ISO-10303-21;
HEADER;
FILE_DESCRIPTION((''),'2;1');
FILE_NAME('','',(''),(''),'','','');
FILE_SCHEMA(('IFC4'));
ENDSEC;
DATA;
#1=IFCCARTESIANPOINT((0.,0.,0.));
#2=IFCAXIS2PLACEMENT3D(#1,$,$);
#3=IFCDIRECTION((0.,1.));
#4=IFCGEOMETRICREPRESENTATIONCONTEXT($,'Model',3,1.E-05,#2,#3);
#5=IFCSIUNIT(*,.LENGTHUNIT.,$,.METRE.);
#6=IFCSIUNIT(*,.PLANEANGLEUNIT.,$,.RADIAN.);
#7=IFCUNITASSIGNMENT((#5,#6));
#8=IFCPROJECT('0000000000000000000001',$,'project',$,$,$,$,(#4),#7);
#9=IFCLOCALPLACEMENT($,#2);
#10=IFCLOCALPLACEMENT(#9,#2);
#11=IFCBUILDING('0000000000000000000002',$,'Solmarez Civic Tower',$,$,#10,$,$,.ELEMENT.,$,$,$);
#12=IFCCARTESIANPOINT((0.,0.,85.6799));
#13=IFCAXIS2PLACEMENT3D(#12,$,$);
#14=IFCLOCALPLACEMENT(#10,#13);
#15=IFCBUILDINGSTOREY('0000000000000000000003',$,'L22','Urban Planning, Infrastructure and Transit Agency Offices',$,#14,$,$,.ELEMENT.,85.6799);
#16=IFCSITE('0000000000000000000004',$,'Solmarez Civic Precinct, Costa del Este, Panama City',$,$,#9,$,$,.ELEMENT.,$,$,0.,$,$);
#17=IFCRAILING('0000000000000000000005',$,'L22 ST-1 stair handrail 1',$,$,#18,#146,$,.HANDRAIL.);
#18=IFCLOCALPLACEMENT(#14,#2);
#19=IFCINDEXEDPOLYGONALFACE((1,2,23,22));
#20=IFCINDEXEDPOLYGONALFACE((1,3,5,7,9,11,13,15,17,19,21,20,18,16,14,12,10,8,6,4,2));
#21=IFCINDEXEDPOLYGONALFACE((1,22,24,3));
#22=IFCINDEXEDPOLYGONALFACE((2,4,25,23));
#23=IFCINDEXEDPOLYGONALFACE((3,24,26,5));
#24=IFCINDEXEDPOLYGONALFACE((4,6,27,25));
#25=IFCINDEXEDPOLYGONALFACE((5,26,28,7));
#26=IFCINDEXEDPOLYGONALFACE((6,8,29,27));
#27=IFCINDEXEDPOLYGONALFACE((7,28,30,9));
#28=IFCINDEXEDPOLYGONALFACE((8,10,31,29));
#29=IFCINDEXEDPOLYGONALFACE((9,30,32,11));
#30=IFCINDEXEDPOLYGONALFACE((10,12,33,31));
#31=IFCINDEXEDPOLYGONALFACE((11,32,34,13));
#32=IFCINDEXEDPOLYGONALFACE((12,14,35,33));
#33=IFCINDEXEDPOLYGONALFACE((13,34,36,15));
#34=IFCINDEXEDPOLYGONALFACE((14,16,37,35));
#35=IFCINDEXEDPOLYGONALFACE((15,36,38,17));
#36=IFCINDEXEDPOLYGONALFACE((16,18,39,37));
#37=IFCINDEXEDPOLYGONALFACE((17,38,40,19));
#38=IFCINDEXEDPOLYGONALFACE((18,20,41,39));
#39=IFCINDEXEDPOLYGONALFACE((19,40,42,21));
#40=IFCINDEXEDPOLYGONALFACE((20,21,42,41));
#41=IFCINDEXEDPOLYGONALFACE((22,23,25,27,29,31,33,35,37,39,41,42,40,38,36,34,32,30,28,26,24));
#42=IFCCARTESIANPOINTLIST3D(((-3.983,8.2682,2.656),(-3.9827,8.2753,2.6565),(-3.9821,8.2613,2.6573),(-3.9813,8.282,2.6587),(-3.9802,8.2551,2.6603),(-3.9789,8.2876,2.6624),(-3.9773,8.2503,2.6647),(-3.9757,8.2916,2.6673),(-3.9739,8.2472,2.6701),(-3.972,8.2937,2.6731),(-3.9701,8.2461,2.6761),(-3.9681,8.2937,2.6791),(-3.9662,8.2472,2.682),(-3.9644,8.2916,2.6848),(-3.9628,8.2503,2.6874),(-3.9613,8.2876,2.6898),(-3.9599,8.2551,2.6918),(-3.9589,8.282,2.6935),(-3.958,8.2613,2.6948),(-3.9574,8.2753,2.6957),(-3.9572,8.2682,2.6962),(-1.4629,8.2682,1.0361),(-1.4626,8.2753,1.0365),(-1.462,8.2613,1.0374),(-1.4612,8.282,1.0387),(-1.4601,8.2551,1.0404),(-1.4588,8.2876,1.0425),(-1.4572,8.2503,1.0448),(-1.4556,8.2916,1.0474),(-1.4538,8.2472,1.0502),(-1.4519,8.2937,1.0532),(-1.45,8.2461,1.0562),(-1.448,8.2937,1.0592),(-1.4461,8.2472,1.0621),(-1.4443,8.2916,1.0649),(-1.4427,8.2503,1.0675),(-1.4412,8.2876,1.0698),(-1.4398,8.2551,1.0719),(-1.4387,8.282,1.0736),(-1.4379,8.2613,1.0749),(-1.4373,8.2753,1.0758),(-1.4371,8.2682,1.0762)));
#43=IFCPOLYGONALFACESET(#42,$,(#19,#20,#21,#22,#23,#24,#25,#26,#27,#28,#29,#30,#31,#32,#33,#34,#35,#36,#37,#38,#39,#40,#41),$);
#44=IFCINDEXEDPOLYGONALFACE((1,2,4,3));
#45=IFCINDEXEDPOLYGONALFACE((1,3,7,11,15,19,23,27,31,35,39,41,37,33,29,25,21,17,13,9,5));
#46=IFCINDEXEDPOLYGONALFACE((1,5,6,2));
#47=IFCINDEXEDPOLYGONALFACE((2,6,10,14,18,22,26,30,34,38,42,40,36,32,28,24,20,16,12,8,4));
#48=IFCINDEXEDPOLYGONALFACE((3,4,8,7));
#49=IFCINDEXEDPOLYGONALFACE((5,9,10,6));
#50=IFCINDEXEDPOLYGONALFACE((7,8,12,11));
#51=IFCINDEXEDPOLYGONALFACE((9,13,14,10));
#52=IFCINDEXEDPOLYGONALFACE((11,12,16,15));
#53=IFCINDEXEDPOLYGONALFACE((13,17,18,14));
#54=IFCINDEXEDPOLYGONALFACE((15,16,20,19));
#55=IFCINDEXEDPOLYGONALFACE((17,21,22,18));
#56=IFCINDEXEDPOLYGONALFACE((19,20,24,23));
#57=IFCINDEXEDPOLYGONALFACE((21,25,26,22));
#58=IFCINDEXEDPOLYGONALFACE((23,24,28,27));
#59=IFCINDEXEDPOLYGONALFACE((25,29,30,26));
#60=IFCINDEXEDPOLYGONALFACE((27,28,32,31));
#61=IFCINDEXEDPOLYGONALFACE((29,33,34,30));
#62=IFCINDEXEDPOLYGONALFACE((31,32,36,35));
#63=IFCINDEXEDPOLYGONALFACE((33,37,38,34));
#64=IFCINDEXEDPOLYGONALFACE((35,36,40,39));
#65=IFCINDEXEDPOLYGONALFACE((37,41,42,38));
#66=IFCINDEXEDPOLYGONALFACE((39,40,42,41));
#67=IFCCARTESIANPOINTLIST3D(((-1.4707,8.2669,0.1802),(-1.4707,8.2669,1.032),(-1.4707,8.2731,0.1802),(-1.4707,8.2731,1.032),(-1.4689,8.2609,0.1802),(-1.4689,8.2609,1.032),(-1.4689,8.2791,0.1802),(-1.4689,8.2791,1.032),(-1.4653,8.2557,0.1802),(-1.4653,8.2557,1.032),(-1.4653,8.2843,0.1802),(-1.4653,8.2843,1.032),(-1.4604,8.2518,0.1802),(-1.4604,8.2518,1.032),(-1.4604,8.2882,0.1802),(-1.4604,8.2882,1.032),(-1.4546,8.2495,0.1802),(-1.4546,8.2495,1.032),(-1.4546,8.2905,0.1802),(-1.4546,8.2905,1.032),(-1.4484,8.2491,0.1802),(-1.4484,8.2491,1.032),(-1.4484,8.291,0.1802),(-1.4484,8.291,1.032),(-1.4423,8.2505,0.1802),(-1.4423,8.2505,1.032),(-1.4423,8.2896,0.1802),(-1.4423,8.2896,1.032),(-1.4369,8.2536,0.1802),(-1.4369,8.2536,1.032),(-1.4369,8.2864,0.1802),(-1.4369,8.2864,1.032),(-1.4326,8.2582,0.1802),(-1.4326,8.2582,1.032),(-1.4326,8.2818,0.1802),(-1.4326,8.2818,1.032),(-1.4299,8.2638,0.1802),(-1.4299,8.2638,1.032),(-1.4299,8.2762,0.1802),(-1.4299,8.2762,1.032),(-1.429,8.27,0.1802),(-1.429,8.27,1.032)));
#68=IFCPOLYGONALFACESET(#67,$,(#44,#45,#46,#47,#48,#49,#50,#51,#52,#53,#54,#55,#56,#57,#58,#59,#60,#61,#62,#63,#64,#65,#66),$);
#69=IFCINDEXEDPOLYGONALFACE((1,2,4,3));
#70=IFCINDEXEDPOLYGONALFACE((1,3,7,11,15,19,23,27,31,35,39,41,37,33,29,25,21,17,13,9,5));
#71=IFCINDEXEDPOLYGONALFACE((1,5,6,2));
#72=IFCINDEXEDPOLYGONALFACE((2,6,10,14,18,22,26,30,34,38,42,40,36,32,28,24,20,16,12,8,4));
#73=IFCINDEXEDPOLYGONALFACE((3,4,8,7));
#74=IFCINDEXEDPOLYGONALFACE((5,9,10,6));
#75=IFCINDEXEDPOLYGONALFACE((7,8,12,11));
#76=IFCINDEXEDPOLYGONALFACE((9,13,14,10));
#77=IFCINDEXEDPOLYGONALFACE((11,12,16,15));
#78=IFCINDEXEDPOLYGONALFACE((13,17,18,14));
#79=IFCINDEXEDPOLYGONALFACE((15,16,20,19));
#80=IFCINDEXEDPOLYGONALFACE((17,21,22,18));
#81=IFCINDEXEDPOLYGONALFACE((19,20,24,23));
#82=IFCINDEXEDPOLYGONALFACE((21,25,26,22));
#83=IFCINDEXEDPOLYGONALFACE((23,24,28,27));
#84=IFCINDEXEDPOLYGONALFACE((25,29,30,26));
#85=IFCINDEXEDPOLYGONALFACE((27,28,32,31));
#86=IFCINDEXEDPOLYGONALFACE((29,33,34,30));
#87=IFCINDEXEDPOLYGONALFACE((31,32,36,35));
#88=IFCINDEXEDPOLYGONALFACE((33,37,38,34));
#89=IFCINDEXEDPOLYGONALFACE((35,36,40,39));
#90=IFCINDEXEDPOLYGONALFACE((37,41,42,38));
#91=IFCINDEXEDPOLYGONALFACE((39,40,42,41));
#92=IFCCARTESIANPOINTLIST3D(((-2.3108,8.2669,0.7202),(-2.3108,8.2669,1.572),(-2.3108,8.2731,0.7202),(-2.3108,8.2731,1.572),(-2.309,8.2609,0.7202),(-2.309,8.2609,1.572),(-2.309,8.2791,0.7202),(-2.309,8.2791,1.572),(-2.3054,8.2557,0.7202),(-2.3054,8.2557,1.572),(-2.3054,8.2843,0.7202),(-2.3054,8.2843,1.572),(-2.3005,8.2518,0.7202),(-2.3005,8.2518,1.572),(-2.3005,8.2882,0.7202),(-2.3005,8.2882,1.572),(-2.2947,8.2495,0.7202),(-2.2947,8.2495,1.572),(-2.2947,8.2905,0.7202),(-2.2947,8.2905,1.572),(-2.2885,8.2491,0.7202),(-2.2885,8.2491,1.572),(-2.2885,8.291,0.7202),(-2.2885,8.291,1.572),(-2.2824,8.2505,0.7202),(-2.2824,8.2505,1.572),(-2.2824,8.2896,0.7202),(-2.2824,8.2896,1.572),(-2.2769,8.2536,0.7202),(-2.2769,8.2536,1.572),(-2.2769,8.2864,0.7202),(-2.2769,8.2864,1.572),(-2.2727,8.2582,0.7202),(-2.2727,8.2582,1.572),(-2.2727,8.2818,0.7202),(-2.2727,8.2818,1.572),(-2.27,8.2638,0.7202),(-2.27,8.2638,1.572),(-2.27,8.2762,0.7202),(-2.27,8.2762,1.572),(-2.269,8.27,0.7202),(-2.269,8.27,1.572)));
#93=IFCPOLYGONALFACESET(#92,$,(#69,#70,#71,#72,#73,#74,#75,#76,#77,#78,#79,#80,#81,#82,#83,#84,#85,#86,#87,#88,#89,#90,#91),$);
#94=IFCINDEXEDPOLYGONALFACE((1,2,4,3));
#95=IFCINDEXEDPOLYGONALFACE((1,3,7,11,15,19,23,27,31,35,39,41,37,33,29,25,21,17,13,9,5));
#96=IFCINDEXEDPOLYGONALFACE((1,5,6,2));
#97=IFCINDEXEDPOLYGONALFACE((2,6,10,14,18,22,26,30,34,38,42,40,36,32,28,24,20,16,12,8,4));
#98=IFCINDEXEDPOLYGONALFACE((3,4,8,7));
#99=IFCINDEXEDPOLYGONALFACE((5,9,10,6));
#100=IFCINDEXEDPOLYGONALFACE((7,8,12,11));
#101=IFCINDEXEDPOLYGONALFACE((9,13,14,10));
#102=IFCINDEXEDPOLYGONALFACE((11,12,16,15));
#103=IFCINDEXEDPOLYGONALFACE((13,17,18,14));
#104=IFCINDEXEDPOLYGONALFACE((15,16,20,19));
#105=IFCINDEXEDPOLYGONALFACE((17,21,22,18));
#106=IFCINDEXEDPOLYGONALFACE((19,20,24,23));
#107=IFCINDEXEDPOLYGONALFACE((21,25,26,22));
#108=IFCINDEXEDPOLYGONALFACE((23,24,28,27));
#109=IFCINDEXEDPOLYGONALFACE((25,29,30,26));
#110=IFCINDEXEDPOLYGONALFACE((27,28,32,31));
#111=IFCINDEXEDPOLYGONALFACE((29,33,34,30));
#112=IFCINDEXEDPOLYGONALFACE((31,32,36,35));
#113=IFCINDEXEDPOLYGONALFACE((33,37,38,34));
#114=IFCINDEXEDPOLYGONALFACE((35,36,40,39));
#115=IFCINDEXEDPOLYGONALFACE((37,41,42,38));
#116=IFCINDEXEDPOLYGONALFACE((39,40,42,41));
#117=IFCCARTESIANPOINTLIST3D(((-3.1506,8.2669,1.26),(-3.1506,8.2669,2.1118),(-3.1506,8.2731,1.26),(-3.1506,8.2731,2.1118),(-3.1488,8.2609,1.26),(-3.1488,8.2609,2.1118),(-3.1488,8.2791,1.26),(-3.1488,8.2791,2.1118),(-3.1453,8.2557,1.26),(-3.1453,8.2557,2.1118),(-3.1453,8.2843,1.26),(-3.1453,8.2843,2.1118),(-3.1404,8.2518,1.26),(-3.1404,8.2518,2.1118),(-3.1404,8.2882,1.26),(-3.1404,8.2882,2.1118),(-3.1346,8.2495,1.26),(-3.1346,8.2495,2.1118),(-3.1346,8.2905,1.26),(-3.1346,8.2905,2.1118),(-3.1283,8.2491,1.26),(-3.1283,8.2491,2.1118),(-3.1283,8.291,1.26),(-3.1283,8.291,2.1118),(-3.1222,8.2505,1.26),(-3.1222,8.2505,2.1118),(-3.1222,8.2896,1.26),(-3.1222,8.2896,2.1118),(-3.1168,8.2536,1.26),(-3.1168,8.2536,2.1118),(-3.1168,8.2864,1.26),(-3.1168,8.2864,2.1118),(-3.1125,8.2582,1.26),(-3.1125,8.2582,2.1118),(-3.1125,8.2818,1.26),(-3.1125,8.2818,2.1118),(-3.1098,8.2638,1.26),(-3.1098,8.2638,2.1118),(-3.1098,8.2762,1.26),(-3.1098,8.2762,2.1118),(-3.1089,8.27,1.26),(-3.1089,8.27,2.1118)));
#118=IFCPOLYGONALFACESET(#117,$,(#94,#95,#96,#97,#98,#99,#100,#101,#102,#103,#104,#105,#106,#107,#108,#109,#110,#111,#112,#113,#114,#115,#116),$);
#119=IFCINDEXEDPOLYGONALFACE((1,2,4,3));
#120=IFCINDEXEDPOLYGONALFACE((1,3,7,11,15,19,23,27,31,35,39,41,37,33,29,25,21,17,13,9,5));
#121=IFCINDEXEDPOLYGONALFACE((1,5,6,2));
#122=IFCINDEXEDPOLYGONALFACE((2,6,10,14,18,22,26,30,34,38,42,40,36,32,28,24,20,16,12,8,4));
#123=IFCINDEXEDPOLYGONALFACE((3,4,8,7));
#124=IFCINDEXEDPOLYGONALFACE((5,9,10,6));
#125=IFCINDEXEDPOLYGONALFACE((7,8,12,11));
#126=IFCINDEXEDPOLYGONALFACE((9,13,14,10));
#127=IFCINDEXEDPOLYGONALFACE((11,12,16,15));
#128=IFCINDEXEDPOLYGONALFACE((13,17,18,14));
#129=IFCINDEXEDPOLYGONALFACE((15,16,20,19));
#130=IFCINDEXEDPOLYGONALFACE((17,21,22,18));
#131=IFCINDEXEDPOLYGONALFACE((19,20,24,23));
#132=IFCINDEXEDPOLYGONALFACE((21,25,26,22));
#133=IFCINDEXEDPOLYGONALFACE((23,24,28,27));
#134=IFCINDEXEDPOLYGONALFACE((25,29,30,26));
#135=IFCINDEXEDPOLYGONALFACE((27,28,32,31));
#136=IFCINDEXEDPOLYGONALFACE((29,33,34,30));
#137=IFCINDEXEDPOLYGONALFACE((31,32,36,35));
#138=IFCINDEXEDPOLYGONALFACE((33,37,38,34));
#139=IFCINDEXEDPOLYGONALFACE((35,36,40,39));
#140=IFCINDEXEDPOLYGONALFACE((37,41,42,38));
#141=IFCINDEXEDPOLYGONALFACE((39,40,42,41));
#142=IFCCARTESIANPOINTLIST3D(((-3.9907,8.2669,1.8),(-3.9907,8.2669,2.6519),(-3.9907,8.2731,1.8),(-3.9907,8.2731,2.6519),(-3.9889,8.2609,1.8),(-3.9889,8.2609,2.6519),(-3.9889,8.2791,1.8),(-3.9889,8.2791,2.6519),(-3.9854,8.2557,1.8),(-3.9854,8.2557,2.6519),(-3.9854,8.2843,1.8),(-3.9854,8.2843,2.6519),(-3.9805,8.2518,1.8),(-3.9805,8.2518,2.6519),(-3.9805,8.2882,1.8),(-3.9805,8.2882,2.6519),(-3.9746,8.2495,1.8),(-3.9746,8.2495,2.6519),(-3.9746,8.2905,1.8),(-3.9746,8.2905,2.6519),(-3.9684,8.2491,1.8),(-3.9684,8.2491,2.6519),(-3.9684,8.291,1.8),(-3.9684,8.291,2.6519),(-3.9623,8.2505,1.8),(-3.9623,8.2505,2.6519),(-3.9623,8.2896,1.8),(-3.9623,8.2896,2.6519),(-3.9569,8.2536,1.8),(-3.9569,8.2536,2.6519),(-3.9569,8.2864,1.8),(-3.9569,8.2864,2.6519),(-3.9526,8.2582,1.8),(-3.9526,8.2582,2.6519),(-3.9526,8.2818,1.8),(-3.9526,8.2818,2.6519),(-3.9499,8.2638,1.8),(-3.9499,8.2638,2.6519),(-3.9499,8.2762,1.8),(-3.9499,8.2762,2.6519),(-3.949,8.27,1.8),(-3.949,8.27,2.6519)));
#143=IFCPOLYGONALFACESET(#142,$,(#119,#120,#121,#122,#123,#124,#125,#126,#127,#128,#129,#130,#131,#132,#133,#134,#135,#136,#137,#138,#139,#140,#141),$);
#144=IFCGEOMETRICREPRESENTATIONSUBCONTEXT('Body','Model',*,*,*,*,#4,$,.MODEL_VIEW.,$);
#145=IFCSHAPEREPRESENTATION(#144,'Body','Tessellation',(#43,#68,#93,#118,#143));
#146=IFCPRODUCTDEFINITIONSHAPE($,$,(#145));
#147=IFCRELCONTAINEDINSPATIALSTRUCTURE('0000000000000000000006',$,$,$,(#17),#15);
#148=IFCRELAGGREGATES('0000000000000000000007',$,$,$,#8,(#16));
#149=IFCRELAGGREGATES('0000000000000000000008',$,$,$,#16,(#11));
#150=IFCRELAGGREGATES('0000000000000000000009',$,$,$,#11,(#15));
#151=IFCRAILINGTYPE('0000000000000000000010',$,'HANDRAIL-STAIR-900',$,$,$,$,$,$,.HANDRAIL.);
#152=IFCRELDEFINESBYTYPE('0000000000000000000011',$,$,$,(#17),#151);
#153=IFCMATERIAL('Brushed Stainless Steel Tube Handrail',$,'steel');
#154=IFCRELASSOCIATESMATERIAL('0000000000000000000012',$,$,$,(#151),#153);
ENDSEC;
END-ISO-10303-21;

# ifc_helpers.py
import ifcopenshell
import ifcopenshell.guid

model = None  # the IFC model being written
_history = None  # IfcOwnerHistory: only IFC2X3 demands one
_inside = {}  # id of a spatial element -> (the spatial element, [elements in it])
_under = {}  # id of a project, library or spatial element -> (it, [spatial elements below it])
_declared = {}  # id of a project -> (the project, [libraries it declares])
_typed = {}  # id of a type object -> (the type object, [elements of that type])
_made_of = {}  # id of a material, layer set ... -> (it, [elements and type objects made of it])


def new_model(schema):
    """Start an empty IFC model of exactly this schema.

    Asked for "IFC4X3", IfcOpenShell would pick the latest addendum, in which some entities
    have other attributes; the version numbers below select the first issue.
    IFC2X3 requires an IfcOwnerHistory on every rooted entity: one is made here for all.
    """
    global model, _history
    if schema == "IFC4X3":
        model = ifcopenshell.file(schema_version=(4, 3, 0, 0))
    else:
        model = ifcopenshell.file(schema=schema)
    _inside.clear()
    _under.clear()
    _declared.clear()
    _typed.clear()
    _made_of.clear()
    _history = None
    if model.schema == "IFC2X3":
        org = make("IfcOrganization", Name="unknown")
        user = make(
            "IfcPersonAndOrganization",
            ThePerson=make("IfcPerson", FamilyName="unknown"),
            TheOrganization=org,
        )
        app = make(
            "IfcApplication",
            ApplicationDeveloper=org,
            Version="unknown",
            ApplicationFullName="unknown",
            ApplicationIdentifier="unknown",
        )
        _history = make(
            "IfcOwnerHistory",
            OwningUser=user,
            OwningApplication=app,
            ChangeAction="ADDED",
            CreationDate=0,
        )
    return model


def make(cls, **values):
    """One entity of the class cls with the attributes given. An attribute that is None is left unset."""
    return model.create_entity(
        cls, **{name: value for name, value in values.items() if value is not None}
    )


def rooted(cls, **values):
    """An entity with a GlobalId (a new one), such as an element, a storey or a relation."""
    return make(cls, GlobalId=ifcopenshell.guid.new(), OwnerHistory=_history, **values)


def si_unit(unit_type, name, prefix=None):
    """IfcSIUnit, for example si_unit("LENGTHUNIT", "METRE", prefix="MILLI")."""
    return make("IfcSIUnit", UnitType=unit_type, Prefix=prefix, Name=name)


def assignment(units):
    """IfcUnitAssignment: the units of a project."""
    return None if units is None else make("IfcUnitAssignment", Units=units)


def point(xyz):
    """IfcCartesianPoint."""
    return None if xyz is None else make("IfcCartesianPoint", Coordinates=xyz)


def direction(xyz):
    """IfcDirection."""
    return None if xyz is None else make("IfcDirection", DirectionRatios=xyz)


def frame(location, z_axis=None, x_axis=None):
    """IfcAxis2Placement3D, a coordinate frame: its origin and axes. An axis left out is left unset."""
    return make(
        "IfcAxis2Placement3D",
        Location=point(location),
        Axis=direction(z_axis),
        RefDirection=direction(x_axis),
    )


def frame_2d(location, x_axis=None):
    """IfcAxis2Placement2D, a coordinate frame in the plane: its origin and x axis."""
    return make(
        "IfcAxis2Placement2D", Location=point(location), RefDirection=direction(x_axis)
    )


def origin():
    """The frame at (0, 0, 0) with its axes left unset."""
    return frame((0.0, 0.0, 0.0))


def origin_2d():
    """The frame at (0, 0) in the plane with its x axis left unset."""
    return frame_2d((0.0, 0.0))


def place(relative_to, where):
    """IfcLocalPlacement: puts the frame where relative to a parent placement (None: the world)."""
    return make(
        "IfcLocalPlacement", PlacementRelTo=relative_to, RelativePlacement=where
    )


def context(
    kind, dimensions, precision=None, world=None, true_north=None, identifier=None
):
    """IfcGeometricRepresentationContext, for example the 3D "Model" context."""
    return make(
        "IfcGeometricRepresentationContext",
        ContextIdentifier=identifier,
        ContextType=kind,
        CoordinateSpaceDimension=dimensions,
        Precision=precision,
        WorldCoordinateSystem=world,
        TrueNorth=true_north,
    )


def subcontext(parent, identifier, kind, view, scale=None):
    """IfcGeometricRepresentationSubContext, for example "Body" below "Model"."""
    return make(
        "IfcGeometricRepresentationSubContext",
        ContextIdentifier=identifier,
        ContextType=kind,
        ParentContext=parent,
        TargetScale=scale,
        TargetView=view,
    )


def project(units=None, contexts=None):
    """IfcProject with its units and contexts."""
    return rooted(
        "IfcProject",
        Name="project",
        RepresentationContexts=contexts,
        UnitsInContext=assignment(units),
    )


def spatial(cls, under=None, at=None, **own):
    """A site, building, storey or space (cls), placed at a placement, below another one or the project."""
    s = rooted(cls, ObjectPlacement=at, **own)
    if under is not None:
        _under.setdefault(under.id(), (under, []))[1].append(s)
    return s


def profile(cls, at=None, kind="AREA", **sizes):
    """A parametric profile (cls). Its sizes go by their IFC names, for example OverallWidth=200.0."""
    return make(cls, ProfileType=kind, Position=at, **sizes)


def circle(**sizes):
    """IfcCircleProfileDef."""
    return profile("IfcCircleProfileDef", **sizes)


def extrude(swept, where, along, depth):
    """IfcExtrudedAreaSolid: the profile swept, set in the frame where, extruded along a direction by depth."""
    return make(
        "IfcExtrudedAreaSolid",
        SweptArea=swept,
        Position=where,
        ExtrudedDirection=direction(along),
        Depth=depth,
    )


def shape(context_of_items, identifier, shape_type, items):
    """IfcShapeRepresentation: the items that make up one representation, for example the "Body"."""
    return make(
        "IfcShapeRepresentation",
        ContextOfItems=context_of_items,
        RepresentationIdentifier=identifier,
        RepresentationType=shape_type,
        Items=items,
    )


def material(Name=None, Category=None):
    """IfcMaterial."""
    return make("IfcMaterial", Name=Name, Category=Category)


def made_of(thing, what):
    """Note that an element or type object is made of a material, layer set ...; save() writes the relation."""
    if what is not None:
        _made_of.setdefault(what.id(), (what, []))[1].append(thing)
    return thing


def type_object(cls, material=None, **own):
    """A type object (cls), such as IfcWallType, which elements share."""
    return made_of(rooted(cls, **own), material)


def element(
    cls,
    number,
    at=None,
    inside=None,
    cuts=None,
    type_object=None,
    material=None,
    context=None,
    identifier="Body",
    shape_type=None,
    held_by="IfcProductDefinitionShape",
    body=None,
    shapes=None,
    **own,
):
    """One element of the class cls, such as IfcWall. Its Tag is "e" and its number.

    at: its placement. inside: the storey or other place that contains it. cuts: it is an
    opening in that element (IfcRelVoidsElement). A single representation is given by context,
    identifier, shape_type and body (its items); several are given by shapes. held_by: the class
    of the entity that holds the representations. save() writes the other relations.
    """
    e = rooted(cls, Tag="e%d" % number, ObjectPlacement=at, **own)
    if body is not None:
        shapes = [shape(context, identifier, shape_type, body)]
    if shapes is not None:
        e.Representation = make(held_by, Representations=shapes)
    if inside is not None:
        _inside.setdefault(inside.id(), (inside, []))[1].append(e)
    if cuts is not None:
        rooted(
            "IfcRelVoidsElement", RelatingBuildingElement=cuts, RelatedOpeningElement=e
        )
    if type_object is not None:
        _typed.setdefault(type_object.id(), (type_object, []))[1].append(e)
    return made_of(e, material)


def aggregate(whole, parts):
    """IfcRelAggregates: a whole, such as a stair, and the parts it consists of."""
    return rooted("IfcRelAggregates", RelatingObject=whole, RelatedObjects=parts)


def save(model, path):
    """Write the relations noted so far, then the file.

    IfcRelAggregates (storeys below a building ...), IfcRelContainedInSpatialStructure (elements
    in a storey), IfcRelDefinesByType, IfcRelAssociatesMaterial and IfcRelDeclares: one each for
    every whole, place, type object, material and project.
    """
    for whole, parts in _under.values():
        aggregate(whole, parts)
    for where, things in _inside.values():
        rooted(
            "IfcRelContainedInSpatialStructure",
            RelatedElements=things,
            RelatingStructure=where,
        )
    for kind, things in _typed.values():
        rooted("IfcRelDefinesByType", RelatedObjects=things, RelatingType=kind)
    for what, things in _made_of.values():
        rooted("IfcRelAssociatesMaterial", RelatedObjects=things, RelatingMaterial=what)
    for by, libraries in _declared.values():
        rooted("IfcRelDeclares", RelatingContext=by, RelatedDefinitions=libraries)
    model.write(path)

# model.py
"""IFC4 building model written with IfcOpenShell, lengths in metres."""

from ifc_helpers import new_model, si_unit, direction, frame, origin, origin_2d, place, context, subcontext, project, spatial, circle, extrude, material, type_object, element, save


model = new_model("IFC4")

# Units and contexts
model_context = context("Model", 3, precision=1e-05, world=origin(), true_north=direction((0.0, 1.0)))
body_context = subcontext(model_context, "Body", "Model", "MODEL_VIEW")
ifc_project = project(units=[si_unit("LENGTHUNIT", "METRE"), si_unit("PLANEANGLEUNIT", "RADIAN")], contexts=[model_context])

# Site, building, storey
site_placement = place(None, origin())
site = spatial("IfcSite", under=ifc_project, at=site_placement, Name="Solmarez Civic Precinct, Costa del Este, Panama City", CompositionType="ELEMENT", RefElevation=0.0)
building_placement = place(site_placement, origin())
building = spatial("IfcBuilding", under=site, at=building_placement, Name="Solmarez Civic Tower", CompositionType="ELEMENT")
storey_placement = place(building_placement, frame((0.0, 0.0, 85.6799)))
storey = spatial("IfcBuildingStorey", under=building, at=storey_placement, Name="L22", Description="Urban Planning, Infrastructure and Transit Agency Offices", CompositionType="ELEMENT", Elevation=85.6799)

# Railing
ifc_material_1 = material(Name="Brushed Stainless Steel Tube Handrail", Category="steel")
railing_type = type_object("IfcRailingType", Name="HANDRAIL-STAIR-900", PredefinedType="HANDRAIL", material=ifc_material_1)
railing_placement = place(storey_placement, frame((-1.45, 8.27, 0.1802)))
element("IfcRailing", 1, at=railing_placement, inside=storey, type_object=railing_type, Name="L22 ST-1 stair handrail 1", PredefinedType="HANDRAIL", context=body_context, shape_type="SweptSolid", body=[
    extrude(circle(Radius=0.0239, at=origin_2d()), frame((0.0, 0.0, 0.876), z_axis=(-0.8412, 0.0, 0.540725), x_axis=(0.0, -1.0, 0.0)), (0.0, 0.0, 1.0), 2.9958),
    extrude(circle(Radius=0.021, at=origin_2d()), origin(), (0.0, 0.0, 1.0), 0.8518),
    extrude(circle(Radius=0.021, at=origin_2d()), frame((-0.8401, 0.0, 0.54)), (0.0, 0.0, 1.0), 0.8518),
    extrude(circle(Radius=0.021, at=origin_2d()), frame((-1.6799, 0.0, 1.0798)), (0.0, 0.0, 1.0), 0.8518),
    extrude(circle(Radius=0.021, at=origin_2d()), frame((-2.52, 0.0, 1.6199)), (0.0, 0.0, 1.0), 0.8518),
])

save(model, "model.ifc")
